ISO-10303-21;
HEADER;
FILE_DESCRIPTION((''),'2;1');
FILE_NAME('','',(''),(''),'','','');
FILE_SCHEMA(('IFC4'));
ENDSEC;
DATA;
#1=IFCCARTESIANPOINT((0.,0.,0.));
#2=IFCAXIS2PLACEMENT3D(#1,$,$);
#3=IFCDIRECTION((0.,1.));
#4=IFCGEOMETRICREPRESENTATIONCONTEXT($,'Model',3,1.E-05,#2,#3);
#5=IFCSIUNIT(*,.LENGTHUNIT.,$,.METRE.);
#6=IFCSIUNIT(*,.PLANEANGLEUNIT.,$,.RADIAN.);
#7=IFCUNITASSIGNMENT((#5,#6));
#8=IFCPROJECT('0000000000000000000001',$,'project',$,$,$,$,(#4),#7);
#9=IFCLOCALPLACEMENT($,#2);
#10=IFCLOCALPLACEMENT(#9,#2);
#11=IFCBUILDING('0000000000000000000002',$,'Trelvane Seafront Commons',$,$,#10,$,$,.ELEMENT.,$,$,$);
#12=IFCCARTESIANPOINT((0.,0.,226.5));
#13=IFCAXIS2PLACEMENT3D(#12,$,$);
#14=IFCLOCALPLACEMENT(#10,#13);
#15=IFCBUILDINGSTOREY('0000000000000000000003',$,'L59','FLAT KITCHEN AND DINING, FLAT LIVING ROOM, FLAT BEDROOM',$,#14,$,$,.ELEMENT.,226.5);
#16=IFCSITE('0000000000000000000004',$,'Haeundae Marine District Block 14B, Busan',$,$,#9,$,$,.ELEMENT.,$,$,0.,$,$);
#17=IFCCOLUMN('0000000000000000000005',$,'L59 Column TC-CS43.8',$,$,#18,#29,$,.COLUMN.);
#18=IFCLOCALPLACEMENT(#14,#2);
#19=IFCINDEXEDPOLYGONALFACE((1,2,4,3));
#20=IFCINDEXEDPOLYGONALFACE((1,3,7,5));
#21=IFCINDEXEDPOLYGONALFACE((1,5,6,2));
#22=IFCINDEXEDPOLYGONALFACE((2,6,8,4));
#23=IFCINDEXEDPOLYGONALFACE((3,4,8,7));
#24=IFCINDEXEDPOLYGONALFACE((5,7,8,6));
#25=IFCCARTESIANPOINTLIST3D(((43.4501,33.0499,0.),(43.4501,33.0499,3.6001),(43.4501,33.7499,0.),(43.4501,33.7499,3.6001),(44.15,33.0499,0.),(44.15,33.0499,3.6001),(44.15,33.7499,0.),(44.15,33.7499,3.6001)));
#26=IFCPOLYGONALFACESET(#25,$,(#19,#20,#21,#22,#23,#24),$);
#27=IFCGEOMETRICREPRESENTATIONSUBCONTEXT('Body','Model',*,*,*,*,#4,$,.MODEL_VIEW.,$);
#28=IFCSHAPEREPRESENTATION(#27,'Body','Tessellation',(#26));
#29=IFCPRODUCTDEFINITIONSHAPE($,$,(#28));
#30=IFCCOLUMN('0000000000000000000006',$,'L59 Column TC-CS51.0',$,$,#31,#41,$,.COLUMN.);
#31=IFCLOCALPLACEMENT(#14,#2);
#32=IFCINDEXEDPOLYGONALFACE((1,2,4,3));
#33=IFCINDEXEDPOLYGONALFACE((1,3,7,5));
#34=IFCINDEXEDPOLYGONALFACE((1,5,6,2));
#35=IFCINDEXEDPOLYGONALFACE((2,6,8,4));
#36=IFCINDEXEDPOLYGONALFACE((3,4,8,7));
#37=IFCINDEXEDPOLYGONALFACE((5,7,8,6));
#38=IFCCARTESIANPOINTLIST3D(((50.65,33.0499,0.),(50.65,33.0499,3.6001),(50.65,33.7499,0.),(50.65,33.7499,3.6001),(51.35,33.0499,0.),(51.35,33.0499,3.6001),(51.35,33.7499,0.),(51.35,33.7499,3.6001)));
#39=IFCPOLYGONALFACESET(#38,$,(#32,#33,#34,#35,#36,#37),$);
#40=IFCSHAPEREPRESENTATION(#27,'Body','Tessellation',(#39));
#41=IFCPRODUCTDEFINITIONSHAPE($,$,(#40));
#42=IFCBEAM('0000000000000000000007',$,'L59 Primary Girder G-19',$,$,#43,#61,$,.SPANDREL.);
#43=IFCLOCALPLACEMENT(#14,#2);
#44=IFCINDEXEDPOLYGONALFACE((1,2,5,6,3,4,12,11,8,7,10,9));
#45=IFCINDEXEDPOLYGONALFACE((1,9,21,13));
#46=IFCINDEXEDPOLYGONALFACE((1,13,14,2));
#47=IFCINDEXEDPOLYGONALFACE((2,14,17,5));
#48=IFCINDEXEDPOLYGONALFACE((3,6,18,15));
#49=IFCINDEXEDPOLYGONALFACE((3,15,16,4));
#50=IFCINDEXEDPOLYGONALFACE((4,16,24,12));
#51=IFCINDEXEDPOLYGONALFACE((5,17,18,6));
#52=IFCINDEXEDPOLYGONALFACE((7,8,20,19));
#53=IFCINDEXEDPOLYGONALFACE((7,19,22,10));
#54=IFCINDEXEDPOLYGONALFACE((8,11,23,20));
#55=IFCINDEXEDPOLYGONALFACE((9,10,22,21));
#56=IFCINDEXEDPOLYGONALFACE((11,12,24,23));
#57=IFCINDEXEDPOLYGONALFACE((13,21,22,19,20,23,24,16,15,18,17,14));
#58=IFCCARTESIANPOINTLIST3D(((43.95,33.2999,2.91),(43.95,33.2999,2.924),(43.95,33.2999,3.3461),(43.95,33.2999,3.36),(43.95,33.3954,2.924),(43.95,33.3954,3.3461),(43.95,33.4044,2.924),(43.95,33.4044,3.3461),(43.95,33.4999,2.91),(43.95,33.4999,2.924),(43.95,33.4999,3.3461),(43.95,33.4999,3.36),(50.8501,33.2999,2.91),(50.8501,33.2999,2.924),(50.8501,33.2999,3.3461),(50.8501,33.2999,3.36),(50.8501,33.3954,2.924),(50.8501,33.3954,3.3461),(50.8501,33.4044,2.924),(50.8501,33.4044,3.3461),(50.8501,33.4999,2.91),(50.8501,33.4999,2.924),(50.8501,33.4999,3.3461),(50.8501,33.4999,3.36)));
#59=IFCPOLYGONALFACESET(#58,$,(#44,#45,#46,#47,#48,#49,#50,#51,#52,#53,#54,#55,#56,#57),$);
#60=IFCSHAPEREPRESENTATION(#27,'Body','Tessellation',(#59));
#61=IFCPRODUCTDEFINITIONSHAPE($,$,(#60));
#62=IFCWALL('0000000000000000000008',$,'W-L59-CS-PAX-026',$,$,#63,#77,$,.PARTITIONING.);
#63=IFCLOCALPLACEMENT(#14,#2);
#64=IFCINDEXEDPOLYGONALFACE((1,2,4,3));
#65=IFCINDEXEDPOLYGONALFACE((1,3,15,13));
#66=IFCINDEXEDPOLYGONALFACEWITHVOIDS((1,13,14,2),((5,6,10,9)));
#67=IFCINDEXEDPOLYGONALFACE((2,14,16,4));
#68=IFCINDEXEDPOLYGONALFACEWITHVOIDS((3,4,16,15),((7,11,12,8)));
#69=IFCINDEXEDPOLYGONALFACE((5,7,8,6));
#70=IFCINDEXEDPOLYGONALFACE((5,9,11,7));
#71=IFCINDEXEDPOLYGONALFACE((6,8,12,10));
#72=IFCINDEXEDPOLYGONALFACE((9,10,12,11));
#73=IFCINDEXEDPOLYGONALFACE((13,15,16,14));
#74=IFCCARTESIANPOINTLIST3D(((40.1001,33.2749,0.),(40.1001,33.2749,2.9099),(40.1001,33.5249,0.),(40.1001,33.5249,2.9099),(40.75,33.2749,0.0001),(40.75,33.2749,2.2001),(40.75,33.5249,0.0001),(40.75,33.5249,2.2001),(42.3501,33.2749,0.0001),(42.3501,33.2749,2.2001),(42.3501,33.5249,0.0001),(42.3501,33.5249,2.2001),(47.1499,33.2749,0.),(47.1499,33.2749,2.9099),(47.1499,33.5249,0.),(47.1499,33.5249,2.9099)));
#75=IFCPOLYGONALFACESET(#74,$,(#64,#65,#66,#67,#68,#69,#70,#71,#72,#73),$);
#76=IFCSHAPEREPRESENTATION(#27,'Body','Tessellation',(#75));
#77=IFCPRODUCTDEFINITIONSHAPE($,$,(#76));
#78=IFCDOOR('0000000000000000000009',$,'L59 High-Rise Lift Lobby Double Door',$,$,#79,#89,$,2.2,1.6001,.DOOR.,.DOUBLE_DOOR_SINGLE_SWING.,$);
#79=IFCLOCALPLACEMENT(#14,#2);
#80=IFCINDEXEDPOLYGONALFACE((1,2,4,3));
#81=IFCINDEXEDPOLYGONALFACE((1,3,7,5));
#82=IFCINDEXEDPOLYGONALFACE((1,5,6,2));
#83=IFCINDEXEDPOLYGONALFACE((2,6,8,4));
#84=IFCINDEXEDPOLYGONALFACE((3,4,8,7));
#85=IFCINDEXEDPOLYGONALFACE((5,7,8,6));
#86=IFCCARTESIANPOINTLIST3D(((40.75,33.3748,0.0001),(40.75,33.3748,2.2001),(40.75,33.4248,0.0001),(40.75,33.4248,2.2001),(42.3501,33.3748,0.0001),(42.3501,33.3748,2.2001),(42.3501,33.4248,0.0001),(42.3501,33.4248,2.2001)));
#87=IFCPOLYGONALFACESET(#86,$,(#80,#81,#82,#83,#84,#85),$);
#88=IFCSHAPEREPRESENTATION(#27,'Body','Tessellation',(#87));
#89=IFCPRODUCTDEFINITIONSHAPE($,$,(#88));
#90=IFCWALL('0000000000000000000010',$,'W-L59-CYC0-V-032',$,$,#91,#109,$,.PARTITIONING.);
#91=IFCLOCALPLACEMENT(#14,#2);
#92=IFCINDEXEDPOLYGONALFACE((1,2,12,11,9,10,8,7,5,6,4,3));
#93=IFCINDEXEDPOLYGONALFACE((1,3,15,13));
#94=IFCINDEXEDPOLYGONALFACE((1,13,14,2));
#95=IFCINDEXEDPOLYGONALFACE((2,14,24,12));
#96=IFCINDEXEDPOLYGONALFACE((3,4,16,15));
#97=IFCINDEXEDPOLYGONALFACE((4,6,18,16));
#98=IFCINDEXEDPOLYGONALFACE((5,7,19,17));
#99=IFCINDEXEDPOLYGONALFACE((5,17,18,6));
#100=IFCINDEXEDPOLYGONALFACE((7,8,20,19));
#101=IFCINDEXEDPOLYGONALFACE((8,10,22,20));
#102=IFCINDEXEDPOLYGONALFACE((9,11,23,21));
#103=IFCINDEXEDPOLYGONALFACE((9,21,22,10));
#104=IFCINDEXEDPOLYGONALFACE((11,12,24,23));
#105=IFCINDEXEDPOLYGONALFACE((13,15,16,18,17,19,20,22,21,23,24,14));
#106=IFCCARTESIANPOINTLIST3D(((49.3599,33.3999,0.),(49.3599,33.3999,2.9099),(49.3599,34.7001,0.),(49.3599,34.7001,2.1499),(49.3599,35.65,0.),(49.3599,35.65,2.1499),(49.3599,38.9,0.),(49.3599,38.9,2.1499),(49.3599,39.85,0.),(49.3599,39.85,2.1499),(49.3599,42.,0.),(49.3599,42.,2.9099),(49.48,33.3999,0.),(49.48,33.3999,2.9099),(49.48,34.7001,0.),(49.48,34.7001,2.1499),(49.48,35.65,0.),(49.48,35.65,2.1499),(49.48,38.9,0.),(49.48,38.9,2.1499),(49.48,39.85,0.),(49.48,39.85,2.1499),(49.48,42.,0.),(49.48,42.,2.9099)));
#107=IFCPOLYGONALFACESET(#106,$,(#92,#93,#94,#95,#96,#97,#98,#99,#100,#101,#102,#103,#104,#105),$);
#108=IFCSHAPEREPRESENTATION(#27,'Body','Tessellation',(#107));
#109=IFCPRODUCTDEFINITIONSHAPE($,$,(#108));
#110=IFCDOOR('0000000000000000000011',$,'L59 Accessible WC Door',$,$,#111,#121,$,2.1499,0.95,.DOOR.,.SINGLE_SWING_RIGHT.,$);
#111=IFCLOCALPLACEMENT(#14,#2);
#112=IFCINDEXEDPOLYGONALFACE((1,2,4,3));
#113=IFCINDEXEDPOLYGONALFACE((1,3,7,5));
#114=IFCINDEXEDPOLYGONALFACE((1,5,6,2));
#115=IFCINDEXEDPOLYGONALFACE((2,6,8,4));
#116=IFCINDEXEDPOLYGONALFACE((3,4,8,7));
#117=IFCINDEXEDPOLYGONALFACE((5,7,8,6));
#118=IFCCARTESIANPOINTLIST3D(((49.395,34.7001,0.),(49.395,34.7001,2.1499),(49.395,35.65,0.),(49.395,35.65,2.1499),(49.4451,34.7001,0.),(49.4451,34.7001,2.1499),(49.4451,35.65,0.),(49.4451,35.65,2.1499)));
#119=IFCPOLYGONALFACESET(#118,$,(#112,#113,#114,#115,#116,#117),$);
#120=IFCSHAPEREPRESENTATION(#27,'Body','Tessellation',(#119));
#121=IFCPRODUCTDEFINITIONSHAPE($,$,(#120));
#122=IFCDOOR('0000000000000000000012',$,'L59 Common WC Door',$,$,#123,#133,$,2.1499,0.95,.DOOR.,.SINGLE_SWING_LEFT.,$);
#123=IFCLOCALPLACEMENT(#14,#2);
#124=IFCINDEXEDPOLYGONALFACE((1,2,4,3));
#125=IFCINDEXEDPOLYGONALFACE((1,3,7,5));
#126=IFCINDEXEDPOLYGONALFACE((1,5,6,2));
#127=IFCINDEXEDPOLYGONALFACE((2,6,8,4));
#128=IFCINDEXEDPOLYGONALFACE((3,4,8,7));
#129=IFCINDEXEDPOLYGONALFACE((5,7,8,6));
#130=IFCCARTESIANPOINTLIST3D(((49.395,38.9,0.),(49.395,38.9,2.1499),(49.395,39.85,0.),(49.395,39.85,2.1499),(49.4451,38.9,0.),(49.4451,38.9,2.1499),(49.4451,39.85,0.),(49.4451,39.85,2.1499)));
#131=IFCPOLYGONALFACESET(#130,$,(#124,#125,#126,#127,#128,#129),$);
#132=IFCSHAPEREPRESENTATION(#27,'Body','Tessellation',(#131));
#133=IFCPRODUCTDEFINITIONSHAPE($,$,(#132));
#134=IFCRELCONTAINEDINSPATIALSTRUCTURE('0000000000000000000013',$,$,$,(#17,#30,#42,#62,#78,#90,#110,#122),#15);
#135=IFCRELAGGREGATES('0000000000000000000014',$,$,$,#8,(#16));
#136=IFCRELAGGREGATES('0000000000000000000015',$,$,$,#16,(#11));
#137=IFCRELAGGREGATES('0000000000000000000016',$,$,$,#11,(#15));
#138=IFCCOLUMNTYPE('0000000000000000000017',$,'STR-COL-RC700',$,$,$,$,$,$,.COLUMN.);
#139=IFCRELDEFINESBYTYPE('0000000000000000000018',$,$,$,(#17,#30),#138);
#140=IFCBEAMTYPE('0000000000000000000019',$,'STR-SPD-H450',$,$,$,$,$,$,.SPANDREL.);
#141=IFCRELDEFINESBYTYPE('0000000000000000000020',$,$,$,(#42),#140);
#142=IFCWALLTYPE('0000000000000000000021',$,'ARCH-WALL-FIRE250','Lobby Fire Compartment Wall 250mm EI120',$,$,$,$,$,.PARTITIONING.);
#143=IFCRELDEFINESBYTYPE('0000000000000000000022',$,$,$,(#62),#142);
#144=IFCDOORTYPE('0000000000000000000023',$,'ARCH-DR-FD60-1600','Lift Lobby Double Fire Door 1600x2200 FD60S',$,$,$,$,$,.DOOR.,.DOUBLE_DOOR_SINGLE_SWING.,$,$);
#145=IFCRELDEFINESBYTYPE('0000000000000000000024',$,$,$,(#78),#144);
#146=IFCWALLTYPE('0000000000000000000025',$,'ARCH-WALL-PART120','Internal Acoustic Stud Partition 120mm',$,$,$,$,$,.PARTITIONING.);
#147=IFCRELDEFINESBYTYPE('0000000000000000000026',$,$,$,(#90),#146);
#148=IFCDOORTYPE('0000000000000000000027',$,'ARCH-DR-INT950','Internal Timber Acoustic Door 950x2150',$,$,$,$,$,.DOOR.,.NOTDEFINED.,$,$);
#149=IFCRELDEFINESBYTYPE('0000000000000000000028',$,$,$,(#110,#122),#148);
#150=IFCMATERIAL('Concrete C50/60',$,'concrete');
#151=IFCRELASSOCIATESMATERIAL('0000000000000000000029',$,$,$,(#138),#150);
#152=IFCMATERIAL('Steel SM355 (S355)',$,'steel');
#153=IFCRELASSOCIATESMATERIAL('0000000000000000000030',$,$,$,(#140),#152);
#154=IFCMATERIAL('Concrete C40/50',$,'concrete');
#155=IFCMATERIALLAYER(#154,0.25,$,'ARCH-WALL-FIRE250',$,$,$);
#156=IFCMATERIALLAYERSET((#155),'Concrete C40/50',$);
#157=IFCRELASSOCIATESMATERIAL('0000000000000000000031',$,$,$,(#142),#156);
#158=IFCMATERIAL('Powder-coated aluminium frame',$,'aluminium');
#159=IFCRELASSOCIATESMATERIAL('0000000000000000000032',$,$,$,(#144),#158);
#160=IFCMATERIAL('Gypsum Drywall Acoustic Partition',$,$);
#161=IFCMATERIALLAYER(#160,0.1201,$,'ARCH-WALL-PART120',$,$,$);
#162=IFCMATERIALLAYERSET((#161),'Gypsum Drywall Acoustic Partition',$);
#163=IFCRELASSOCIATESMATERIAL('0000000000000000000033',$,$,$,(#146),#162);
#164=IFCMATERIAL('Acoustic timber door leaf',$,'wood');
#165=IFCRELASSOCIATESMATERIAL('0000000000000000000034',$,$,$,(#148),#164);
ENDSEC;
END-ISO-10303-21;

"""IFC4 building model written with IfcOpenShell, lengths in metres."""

from ifc_helpers import new_model, si_unit, direction, frame, frame_2d, origin, origin_2d, place, context, subcontext, project, spatial, rectangle, i_section, extrude, source, transform, mapped, material, layer, layer_set, material_profile, profile_set, type_object, element, fill, save


model = new_model("IFC4")

# Units and contexts
model_context = context("Model", 3, precision=1e-05, world=origin(), true_north=direction((0.0, 1.0)))
body_context = subcontext(model_context, "Body", "Model", "MODEL_VIEW")
ifc_project = project(units=[si_unit("LENGTHUNIT", "METRE"), si_unit("PLANEANGLEUNIT", "RADIAN")], contexts=[model_context])

# Site, building, storey
site_placement = place(None, origin())
site = spatial("IfcSite", under=ifc_project, at=site_placement, Name="Haeundae Marine District Block 14B, Busan", CompositionType="ELEMENT", RefElevation=0.0)
building_placement = place(site_placement, origin())
building = spatial("IfcBuilding", under=site, at=building_placement, Name="Trelvane Seafront Commons", CompositionType="ELEMENT")
storey_placement = place(building_placement, frame((0.0, 0.0, 226.5)))
storey = spatial("IfcBuildingStorey", under=building, at=storey_placement, Name="L59", Description="FLAT KITCHEN AND DINING, FLAT LIVING ROOM, FLAT BEDROOM", CompositionType="ELEMENT", Elevation=226.5)

# Columns
ifc_material_1 = material(Name="Concrete C50/60", Category="concrete")
ifc_material_profile_1 = material_profile(ifc_material_1, rectangle(XDim=0.7, YDim=0.7, at=origin_2d()), Name="RC-700x700")
ifc_profile_set_1 = profile_set([ifc_material_profile_1], Name="Concrete C50/60")
column_type = type_object("IfcColumnType", Name="STR-COL-RC700", PredefinedType="COLUMN", material=ifc_profile_set_1)
shared_shape_1 = source(origin(), body_context, "Body", "SweptSolid", [
    extrude(rectangle(XDim=0.7, YDim=0.7, at=origin_2d()), origin(), (0.0, 0.0, 1.0), 3.6001),
])
for number, where, z_axis, x_axis, name in (
    (1, (43.8, 33.3999, 0.0), (0.0, 0.0, 1.0), (1.0, 0.0, 0.0), "L59 Column TC-CS43.8"),
    (2, (51.0, 33.3999, 0.0), (0.0, 0.0, 1.0), (1.0, 0.0, 0.0), "L59 Column TC-CS51.0"),
):
    element("IfcColumn", number, at=place(storey_placement, frame(where, z_axis=z_axis, x_axis=x_axis)), inside=storey, type_object=column_type, Name=name, PredefinedType="COLUMN", context=body_context, shape_type="MappedRepresentation", body=[
        mapped(shared_shape_1, transform((0.0, 0.0, 0.0), x_axis=(1.0, 0.0, 0.0), y_axis=(0.0, 1.0, 0.0), z_axis=(0.0, 0.0, 1.0), scale=1.0)),
    ])

# Beam
ifc_material_2 = material(Name="Steel SM355 (S355)", Category="steel")
ifc_material_profile_2 = material_profile(ifc_material_2, i_section(OverallWidth=0.2, OverallDepth=0.45, WebThickness=0.009, FlangeThickness=0.0139, at=origin_2d()), Name="H-450x200x9x14")
ifc_profile_set_2 = profile_set([ifc_material_profile_2], Name="Steel SM355 (S355)")
beam_type = type_object("IfcBeamType", Name="STR-SPD-H450", PredefinedType="SPANDREL", material=ifc_profile_set_2)
shared_shape_2 = source(origin(), body_context, "Body", "SweptSolid", [
    extrude(i_section(OverallWidth=0.2, OverallDepth=0.45, WebThickness=0.009, FlangeThickness=0.0139, at=origin_2d()), origin(), (0.0, 0.0, 1.0), 6.9001),
])
beam_placement = place(storey_placement, frame((43.95, 33.3999, 3.135), z_axis=(1.0, 0.0, 0.0), x_axis=(0.0, 1.0, 0.0)))
element("IfcBeam", 3, at=beam_placement, inside=storey, type_object=beam_type, Name="L59 Primary Girder G-19", PredefinedType="SPANDREL", context=body_context, shape_type="MappedRepresentation", body=[
    mapped(shared_shape_2, transform((0.0, 0.0, 0.0), x_axis=(1.0, 0.0, 0.0), y_axis=(0.0, 1.0, 0.0), z_axis=(0.0, 0.0, 1.0), scale=1.0)),
])

# Wall, opening, door
ifc_material_3 = material(Name="Concrete C40/50", Category="concrete")
ifc_layer_1 = layer(ifc_material_3, 0.25, Name="ARCH-WALL-FIRE250")
ifc_layer_set_1 = layer_set([ifc_layer_1], Name="Concrete C40/50")
wall_type_1 = type_object("IfcWallType", Name="ARCH-WALL-FIRE250", Description="Lobby Fire Compartment Wall 250mm EI120", PredefinedType="PARTITIONING", material=ifc_layer_set_1)
wall_1_placement = place(storey_placement, frame((40.1001, 33.3999, 0.0), z_axis=(0.0, 0.0, 1.0), x_axis=(1.0, 0.0, 0.0)))
wall_1 = element("IfcWall", 4, at=wall_1_placement, inside=storey, type_object=wall_type_1, Name="W-L59-CS-PAX-026", PredefinedType="PARTITIONING", context=body_context, shape_type="SweptSolid", body=[
    extrude(rectangle(XDim=7.0498, YDim=0.25, at=frame_2d((3.5249, 0.0))), origin(), (0.0, 0.0, 1.0), 2.9099),
])
opening_1_placement = place(wall_1_placement, frame((0.6499, 0.0, 0.0)))
opening_1 = element("IfcOpeningElement", 5, at=opening_1_placement, cuts=wall_1, PredefinedType="OPENING", context=body_context, shape_type="SweptSolid", body=[
    extrude(rectangle(XDim=1.6001, YDim=2.2, at=frame_2d((0.8, 1.1001))), frame((0.0, 0.135, 0.0), z_axis=(0.0, -1.0, 0.0), x_axis=(1.0, 0.0, 0.0)), (0.0, 0.0, 1.0), 0.27),
])
ifc_material_4 = material(Name="Powder-coated aluminium frame", Category="aluminium")
door_type_1 = type_object("IfcDoorType", Name="ARCH-DR-FD60-1600", Description="Lift Lobby Double Fire Door 1600x2200 FD60S", OperationType="DOUBLE_DOOR_SINGLE_SWING", PredefinedType="DOOR", material=ifc_material_4)
shared_shape_3 = source(origin(), body_context, "Body", "SweptSolid", [
    extrude(rectangle(XDim=1.6001, YDim=2.2, at=frame_2d((0.8, 1.1001))), frame((0.0, 0.0249, 0.0), z_axis=(0.0, -1.0, 0.0), x_axis=(1.0, 0.0, 0.0)), (0.0, 0.0, 1.0), 0.05),
])
door_1_placement = place(opening_1_placement, origin())
door_1 = element("IfcDoor", 6, at=door_1_placement, inside=storey, type_object=door_type_1, Name="L59 High-Rise Lift Lobby Double Door", OperationType="DOUBLE_DOOR_SINGLE_SWING", OverallHeight=2.2, OverallWidth=1.6001, PredefinedType="DOOR", context=body_context, shape_type="MappedRepresentation", body=[
    mapped(shared_shape_3, transform((0.0, 0.0, 0.0), x_axis=(1.0, 0.0, 0.0), y_axis=(0.0, 1.0, 0.0), z_axis=(0.0, 0.0, 1.0), scale=1.0)),
])
fill(opening_1, door_1)

# Wall, openings, doors
shared_shape_4 = source(origin(), body_context, "Body", "SweptSolid", [
    extrude(rectangle(XDim=0.95, YDim=2.1499, at=frame_2d((0.4751, 1.075))), frame((0.0, 0.0249, 0.0), z_axis=(0.0, -1.0, 0.0), x_axis=(1.0, 0.0, 0.0)), (0.0, 0.0, 1.0), 0.05),
])
ifc_material_5 = material(Name="Gypsum Drywall Acoustic Partition")
ifc_layer_2 = layer(ifc_material_5, 0.1201, Name="ARCH-WALL-PART120")
ifc_layer_set_2 = layer_set([ifc_layer_2], Name="Gypsum Drywall Acoustic Partition")
wall_type_2 = type_object("IfcWallType", Name="ARCH-WALL-PART120", Description="Internal Acoustic Stud Partition 120mm", PredefinedType="PARTITIONING", material=ifc_layer_set_2)
wall_2_placement = place(storey_placement, frame((49.4199, 33.3999, 0.0), z_axis=(0.0, 0.0, 1.0), x_axis=(0.0, 1.0, 0.0)))
wall_2 = element("IfcWall", 7, at=wall_2_placement, inside=storey, type_object=wall_type_2, Name="W-L59-CYC0-V-032", PredefinedType="PARTITIONING", context=body_context, shape_type="SweptSolid", body=[
    extrude(rectangle(XDim=8.6001, YDim=0.1201, at=frame_2d((4.3, 0.0))), origin(), (0.0, 0.0, 1.0), 2.9099),
])
opening_2_placement = place(wall_2_placement, frame((1.3, 0.0, 0.0)))
opening_2 = element("IfcOpeningElement", 8, at=opening_2_placement, cuts=wall_2, PredefinedType="OPENING", context=body_context, shape_type="SweptSolid", body=[
    extrude(rectangle(XDim=0.95, YDim=2.1499, at=frame_2d((0.4751, 1.075))), frame((0.0, 0.0701, 0.0), z_axis=(0.0, -1.0, 0.0), x_axis=(1.0, 0.0, 0.0)), (0.0, 0.0, 1.0), 0.1401),
])
opening_3_placement = place(wall_2_placement, frame((5.5, 0.0, 0.0)))
opening_3 = element("IfcOpeningElement", 9, at=opening_3_placement, cuts=wall_2, PredefinedType="OPENING", context=body_context, shape_type="SweptSolid", body=[
    extrude(rectangle(XDim=0.95, YDim=2.1499, at=frame_2d((0.4751, 1.075))), frame((0.0, 0.0701, 0.0), z_axis=(0.0, -1.0, 0.0), x_axis=(1.0, 0.0, 0.0)), (0.0, 0.0, 1.0), 0.1401),
])
ifc_material_6 = material(Name="Acoustic timber door leaf", Category="wood")
door_type_2 = type_object("IfcDoorType", Name="ARCH-DR-INT950", Description="Internal Timber Acoustic Door 950x2150", OperationType="NOTDEFINED", PredefinedType="DOOR", material=ifc_material_6)
door_2_placement = place(opening_2_placement, origin())
door_2 = element("IfcDoor", 10, at=door_2_placement, inside=storey, type_object=door_type_2, Name="L59 Accessible WC Door", OperationType="SINGLE_SWING_RIGHT", OverallHeight=2.1499, OverallWidth=0.95, PredefinedType="DOOR", context=body_context, shape_type="MappedRepresentation", body=[
    mapped(shared_shape_4, transform((0.0, 0.0, 0.0), x_axis=(1.0, 0.0, 0.0), y_axis=(0.0, 1.0, 0.0), z_axis=(0.0, 0.0, 1.0), scale=1.0)),
])
fill(opening_2, door_2)
door_3_placement = place(opening_3_placement, origin())
door_3 = element("IfcDoor", 11, at=door_3_placement, inside=storey, type_object=door_type_2, Name="L59 Common WC Door", OperationType="SINGLE_SWING_LEFT", OverallHeight=2.1499, OverallWidth=0.95, PredefinedType="DOOR", context=body_context, shape_type="MappedRepresentation", body=[
    mapped(shared_shape_4, transform((0.0, 0.0, 0.0), x_axis=(1.0, 0.0, 0.0), y_axis=(0.0, 1.0, 0.0), z_axis=(0.0, 0.0, 1.0), scale=1.0)),
])
fill(opening_3, door_3)

save(model, "model.ifc")
